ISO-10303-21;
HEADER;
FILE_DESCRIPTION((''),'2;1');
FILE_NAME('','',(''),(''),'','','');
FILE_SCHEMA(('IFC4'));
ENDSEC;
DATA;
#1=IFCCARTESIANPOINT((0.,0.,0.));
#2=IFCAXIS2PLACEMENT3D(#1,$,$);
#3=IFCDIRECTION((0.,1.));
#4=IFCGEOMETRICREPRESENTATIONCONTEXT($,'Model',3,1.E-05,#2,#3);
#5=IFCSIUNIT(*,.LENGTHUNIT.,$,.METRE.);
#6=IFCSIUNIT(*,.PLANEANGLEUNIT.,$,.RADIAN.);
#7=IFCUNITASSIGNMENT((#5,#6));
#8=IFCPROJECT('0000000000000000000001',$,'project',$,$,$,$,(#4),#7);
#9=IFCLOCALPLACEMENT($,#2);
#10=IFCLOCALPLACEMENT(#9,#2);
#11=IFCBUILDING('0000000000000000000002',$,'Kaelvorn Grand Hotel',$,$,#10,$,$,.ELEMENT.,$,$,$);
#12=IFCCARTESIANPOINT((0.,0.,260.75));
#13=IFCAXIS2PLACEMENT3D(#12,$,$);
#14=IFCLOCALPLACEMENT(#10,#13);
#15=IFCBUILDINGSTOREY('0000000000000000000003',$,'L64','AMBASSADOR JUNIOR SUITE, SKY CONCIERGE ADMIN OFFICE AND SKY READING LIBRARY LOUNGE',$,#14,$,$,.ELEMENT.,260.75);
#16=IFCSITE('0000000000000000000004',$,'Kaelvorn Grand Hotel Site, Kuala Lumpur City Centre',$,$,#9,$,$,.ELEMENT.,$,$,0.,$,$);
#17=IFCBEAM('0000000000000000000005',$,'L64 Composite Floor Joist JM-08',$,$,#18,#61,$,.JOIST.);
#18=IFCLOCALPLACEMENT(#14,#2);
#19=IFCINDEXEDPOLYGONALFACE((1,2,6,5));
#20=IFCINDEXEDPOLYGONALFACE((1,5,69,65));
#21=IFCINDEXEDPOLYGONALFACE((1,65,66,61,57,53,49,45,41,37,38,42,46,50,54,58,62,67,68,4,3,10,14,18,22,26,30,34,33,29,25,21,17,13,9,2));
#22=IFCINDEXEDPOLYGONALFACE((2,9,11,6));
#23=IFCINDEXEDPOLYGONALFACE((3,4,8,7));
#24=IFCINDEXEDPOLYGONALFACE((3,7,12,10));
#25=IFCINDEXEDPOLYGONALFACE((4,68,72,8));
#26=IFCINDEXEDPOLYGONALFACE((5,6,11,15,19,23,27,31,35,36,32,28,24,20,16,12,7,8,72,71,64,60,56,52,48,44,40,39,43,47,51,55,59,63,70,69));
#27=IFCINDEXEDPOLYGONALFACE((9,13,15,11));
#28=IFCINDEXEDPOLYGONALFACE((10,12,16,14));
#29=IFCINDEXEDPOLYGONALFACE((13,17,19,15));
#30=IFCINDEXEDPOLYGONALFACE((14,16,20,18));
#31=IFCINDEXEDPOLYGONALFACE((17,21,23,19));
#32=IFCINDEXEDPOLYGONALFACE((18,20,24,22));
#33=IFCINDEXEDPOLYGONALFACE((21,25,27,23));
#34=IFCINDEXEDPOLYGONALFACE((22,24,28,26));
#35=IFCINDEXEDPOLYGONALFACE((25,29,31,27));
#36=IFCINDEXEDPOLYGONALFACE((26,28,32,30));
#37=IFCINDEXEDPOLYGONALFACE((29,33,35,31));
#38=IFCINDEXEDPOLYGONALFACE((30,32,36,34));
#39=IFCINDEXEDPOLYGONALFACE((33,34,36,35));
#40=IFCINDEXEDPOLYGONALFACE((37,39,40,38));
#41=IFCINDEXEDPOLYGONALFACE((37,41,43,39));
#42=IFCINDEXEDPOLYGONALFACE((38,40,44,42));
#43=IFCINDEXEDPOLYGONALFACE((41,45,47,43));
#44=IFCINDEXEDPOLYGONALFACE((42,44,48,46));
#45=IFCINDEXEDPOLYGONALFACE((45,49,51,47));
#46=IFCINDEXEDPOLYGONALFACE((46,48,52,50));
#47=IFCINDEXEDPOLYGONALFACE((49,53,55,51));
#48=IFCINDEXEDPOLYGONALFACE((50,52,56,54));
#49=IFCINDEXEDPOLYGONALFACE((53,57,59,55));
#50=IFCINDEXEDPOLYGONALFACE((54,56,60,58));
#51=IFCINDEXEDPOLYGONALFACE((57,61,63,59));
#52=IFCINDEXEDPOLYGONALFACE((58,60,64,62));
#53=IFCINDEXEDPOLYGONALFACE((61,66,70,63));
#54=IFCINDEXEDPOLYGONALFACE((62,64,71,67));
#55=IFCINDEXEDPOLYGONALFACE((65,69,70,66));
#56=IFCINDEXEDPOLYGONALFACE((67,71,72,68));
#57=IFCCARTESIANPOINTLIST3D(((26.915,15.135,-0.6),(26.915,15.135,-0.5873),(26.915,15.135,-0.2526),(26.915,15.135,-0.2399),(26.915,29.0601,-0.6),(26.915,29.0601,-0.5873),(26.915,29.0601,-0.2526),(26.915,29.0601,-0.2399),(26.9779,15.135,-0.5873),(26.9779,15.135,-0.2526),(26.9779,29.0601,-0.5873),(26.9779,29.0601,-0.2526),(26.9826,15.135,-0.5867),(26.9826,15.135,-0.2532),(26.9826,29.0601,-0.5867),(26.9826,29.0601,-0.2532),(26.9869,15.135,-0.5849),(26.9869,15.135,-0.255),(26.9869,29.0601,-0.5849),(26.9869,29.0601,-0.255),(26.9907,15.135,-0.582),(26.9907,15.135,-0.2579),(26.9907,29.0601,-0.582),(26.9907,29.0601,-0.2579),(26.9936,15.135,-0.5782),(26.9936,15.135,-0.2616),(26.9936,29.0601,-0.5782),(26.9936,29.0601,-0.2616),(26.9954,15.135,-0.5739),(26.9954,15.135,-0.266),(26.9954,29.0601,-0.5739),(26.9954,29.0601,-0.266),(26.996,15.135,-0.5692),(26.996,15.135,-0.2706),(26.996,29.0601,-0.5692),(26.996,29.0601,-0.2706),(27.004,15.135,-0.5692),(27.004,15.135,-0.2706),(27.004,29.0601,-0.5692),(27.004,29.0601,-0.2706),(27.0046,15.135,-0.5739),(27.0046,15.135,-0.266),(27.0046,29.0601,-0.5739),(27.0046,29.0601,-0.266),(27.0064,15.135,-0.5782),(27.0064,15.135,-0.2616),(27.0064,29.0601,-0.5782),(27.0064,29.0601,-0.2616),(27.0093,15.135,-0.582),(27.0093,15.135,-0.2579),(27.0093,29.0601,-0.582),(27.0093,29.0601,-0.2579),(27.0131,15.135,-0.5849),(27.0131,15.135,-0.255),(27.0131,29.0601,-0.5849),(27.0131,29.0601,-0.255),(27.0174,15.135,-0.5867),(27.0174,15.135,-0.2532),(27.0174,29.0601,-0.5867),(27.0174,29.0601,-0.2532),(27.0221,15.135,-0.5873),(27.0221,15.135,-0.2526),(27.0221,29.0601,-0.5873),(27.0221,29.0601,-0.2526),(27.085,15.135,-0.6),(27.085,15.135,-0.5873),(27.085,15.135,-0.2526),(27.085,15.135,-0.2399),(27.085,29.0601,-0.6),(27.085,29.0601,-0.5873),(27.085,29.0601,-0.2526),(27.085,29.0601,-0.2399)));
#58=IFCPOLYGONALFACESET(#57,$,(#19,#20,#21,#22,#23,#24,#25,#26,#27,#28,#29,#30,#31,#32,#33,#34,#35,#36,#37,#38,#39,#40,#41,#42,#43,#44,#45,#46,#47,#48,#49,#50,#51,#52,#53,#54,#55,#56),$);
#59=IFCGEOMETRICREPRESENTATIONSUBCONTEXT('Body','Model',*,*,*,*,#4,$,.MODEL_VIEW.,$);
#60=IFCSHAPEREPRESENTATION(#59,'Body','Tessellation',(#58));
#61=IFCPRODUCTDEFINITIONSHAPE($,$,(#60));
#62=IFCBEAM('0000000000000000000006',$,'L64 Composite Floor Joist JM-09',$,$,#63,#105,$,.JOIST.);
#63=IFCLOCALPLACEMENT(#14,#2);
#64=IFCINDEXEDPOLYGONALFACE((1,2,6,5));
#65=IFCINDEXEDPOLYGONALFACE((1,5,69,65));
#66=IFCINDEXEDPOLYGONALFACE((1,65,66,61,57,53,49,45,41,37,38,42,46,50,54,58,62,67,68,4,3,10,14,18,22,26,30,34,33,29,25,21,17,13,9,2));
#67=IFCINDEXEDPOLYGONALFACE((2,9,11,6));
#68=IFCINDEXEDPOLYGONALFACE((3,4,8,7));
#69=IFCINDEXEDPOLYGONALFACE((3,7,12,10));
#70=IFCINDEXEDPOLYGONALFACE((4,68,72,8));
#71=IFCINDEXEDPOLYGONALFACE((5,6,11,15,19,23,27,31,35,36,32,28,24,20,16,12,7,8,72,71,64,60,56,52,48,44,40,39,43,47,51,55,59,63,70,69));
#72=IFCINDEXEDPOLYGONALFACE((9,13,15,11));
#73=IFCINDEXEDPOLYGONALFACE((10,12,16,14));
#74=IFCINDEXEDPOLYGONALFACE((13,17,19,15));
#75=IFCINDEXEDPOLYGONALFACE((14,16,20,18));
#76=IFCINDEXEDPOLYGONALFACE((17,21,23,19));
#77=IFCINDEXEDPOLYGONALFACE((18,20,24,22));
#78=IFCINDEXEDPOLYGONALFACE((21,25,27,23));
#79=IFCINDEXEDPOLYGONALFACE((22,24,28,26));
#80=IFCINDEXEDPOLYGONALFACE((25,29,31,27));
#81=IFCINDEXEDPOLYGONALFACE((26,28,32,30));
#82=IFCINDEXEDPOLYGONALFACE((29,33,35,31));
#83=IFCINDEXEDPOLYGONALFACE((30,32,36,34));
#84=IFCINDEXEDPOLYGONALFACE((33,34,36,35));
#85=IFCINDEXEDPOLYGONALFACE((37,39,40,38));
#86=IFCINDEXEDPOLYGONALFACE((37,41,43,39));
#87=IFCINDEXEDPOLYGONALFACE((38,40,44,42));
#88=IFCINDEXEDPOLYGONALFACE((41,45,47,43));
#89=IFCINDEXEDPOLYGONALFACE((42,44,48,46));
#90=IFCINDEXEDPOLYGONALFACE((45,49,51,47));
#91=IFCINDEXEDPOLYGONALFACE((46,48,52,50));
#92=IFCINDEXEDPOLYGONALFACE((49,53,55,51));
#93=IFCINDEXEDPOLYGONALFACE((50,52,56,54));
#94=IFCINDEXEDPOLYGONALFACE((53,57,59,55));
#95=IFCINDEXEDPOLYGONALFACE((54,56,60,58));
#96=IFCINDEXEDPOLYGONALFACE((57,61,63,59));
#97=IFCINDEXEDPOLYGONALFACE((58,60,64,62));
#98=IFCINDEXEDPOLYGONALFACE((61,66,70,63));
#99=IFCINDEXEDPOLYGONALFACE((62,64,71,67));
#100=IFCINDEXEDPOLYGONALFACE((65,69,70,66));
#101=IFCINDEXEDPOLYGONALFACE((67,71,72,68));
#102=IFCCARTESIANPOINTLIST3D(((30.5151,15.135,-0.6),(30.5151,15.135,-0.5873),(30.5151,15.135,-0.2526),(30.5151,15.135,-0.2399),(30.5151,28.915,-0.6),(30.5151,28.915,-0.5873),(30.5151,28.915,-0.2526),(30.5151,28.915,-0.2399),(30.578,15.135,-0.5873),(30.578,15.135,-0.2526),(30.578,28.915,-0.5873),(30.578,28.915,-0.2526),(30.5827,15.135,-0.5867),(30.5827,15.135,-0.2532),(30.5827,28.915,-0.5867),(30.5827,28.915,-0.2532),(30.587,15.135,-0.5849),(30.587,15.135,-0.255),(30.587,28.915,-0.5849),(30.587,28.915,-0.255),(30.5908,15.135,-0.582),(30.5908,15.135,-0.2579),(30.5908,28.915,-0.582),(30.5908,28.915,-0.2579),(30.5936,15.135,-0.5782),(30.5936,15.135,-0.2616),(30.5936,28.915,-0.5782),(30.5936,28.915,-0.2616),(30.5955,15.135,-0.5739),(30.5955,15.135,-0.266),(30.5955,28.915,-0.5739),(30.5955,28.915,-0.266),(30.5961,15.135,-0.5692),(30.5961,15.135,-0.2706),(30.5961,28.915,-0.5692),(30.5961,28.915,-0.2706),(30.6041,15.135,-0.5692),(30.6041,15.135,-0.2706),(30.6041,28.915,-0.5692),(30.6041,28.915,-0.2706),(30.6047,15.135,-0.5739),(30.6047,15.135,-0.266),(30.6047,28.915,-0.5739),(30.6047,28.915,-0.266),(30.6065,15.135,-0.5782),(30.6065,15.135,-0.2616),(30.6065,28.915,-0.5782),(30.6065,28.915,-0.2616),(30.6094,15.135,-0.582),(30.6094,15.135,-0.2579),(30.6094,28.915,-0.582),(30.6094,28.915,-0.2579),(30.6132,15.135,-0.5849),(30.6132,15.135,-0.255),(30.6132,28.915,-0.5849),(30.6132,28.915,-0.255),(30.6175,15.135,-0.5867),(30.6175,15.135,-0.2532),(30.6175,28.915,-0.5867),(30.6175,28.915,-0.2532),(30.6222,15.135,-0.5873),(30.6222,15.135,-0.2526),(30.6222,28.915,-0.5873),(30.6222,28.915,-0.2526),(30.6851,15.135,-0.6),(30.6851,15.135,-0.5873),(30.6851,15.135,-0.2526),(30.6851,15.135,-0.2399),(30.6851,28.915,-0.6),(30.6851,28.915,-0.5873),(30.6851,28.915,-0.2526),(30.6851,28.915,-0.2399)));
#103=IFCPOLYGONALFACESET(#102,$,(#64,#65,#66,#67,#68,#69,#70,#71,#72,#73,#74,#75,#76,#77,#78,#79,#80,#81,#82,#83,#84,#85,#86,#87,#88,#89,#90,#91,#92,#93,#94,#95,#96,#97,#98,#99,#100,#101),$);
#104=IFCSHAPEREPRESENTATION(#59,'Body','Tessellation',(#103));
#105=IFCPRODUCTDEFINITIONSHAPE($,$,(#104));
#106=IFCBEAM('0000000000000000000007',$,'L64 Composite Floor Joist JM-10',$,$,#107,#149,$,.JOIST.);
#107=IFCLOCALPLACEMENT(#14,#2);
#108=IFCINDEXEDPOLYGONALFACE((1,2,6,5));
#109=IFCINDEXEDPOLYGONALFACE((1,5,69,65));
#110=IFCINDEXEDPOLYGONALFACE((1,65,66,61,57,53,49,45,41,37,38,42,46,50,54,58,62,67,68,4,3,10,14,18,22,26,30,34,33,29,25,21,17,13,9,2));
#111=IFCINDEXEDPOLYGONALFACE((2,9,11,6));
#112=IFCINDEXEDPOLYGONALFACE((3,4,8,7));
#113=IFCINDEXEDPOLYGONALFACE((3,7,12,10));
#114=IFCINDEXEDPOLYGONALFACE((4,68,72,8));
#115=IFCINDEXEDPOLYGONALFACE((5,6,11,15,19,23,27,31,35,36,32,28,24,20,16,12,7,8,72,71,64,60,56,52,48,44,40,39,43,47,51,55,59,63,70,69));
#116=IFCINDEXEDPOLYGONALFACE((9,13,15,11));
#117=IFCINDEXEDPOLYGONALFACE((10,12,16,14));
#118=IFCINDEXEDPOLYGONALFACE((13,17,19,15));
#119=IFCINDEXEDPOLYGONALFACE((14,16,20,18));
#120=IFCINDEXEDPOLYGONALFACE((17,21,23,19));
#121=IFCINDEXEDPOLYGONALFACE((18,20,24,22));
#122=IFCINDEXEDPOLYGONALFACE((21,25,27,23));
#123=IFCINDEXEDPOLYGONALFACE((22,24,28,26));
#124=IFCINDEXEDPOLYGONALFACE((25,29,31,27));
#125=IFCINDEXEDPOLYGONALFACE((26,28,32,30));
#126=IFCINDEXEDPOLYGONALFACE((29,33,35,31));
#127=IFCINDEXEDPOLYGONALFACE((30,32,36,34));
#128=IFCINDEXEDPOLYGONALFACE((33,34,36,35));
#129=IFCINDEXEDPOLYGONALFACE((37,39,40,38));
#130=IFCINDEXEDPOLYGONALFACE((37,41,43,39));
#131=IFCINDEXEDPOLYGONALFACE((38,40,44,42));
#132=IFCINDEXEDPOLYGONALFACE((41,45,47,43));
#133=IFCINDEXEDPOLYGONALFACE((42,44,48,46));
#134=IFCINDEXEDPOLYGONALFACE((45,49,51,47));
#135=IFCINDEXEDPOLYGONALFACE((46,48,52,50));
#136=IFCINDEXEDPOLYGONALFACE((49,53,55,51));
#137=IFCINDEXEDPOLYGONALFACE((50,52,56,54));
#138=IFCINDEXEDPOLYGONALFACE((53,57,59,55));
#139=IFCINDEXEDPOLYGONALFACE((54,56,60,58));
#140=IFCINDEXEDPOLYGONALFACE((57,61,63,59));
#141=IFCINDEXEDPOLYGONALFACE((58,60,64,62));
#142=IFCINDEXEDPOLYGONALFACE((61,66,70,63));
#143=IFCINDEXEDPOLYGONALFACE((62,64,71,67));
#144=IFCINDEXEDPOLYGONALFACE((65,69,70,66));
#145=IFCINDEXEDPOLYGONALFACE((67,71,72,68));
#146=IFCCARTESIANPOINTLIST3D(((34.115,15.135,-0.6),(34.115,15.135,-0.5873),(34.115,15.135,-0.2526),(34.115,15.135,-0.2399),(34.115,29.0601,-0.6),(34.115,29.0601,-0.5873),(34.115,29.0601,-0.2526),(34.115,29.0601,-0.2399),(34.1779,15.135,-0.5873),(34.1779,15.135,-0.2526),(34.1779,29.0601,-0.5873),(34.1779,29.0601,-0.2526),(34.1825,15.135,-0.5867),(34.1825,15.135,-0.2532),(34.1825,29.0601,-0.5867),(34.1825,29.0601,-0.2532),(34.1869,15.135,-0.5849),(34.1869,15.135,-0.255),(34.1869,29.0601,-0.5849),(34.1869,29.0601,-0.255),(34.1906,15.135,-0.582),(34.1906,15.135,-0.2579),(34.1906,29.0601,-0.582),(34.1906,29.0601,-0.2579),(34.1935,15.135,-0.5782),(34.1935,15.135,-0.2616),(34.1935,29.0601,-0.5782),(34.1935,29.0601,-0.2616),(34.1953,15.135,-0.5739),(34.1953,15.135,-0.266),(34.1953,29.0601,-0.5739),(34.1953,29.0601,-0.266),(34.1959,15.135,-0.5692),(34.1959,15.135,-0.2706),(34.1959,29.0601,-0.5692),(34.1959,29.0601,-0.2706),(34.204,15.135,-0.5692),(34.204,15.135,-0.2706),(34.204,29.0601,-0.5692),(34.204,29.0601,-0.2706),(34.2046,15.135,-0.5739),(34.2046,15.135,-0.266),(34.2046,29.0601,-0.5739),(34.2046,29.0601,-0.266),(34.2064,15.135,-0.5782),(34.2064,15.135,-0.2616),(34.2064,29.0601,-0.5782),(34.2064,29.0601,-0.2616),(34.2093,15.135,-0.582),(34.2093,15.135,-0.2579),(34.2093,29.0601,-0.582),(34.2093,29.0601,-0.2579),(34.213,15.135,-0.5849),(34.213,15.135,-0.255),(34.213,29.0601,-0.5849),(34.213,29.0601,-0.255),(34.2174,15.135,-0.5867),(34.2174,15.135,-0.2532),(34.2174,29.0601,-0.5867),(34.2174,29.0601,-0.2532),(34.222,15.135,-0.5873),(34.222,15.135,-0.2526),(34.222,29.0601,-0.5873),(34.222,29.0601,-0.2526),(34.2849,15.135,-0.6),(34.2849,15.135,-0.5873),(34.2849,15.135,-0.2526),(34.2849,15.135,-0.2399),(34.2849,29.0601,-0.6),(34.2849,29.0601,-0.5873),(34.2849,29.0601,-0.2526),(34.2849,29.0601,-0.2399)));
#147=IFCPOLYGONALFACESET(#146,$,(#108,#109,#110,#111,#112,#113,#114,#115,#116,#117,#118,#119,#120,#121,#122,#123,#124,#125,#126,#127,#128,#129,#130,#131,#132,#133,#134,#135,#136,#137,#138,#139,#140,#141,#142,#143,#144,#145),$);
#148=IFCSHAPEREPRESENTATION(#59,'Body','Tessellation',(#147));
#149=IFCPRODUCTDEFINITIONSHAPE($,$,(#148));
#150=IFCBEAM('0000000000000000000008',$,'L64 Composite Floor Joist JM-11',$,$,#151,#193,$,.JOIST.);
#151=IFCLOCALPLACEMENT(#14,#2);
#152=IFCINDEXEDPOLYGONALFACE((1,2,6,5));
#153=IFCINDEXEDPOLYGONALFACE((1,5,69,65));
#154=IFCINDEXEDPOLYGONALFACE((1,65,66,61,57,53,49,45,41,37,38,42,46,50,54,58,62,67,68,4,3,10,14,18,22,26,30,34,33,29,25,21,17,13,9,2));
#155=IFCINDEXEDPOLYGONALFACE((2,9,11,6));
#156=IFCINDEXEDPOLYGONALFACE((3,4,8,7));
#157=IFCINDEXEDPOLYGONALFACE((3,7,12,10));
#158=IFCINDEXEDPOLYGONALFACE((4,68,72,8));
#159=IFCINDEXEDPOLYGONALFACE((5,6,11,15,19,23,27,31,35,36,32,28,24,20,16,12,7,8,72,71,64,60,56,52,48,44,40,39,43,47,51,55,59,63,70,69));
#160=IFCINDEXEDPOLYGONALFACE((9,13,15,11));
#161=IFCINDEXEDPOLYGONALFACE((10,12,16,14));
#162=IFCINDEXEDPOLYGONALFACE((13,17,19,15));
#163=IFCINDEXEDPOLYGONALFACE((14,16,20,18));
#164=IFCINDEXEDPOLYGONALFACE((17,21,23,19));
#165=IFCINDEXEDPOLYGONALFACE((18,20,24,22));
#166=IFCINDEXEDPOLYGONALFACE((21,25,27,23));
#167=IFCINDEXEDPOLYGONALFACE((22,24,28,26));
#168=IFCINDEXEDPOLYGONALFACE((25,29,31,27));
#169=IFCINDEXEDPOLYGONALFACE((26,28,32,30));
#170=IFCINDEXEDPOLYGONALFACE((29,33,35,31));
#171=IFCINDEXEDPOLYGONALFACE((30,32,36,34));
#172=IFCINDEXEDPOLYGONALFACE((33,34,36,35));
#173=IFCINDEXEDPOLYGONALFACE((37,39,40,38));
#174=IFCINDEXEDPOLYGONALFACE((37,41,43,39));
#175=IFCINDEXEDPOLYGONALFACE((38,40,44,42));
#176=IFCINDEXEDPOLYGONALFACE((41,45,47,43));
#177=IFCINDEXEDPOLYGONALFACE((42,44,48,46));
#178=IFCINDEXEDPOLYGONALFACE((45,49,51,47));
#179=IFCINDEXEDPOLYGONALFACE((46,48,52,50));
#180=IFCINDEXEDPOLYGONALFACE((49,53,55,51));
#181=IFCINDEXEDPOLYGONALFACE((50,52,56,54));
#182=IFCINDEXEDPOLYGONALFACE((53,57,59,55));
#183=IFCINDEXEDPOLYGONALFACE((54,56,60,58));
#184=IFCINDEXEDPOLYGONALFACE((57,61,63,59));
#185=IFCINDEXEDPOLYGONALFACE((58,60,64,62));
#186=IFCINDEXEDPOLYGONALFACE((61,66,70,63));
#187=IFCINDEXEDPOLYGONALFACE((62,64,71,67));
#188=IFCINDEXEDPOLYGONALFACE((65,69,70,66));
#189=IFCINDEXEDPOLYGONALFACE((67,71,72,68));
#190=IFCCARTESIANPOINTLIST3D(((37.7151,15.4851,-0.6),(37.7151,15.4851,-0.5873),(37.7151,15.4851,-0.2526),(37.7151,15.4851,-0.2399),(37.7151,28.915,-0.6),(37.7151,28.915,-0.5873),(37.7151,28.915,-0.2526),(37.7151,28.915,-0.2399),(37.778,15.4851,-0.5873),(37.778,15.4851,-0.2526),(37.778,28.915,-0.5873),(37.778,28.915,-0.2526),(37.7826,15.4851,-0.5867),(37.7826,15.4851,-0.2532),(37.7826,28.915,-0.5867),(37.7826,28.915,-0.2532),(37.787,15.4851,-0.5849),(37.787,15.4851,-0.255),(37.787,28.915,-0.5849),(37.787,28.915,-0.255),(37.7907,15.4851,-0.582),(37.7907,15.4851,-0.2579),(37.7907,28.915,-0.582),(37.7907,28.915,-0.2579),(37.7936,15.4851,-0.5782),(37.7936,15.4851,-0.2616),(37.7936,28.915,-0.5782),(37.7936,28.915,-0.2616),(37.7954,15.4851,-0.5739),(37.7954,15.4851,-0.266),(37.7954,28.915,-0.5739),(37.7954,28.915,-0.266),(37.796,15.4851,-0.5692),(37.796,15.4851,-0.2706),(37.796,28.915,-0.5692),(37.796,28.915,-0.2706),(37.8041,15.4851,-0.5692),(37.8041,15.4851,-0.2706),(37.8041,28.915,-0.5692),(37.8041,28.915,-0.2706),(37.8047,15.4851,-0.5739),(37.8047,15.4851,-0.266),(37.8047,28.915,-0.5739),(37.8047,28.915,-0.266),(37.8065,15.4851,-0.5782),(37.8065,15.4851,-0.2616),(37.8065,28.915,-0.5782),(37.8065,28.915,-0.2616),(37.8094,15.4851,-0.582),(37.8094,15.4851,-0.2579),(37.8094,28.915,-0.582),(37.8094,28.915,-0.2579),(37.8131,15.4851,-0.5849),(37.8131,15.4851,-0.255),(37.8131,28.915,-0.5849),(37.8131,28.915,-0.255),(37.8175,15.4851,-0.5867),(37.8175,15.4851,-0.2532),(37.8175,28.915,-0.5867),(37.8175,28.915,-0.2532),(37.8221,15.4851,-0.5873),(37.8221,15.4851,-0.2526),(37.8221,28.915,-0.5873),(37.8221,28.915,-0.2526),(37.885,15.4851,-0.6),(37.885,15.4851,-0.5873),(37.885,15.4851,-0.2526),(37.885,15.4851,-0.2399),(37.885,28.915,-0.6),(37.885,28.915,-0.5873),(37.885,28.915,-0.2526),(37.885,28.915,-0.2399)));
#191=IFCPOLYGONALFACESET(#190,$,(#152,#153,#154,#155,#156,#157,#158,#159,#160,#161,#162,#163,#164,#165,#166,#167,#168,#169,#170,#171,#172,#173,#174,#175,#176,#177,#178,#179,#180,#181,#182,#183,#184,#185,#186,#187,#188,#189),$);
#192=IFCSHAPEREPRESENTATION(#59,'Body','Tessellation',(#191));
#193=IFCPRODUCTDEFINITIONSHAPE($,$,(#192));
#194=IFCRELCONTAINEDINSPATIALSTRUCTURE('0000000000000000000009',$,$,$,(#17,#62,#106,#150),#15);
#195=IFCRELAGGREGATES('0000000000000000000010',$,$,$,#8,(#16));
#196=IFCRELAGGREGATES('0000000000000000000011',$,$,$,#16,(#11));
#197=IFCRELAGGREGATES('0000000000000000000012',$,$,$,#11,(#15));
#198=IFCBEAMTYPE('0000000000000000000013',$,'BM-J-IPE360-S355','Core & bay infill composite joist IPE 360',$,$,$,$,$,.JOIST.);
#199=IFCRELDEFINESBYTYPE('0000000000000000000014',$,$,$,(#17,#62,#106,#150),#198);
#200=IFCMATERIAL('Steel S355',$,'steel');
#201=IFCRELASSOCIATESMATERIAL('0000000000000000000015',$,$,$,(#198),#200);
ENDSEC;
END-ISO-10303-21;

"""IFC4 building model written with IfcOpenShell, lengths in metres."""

from ifc_helpers import new_model, si_unit, direction, frame, origin, origin_2d, place, context, subcontext, project, spatial, i_section, extrude, material, material_profile, profile_set, type_object, element, save


model = new_model("IFC4")

# Units and contexts
model_context = context("Model", 3, precision=1e-05, world=origin(), true_north=direction((0.0, 1.0)))
body_context = subcontext(model_context, "Body", "Model", "MODEL_VIEW")
ifc_project = project(units=[si_unit("LENGTHUNIT", "METRE"), si_unit("PLANEANGLEUNIT", "RADIAN")], contexts=[model_context])

# Site, building, storey
site_placement = place(None, origin())
site = spatial("IfcSite", under=ifc_project, at=site_placement, Name="Kaelvorn Grand Hotel Site, Kuala Lumpur City Centre", CompositionType="ELEMENT", RefElevation=0.0)
building_placement = place(site_placement, origin())
building = spatial("IfcBuilding", under=site, at=building_placement, Name="Kaelvorn Grand Hotel", CompositionType="ELEMENT")
storey_placement = place(building_placement, frame((0.0, 0.0, 260.75)))
storey = spatial("IfcBuildingStorey", under=building, at=storey_placement, Name="L64", Description="AMBASSADOR JUNIOR SUITE, SKY CONCIERGE ADMIN OFFICE AND SKY READING LIBRARY LOUNGE", CompositionType="ELEMENT", Elevation=260.75)

# Beams
ifc_material_1 = material(Name="Steel S355", Category="steel")
ifc_material_profile_1 = material_profile(ifc_material_1, i_section(OverallWidth=0.1699, OverallDepth=0.3601, WebThickness=0.0081, FlangeThickness=0.0127, FilletRadius=0.0181, at=origin_2d()), Name="IPE 360")
ifc_profile_set_1 = profile_set([ifc_material_profile_1], Name="Steel S355")
beam_type_1 = type_object("IfcBeamType", Name="BM-J-IPE360-S355", Description="Core & bay infill composite joist IPE 360", PredefinedType="JOIST", material=ifc_profile_set_1)
beam_1_placement = place(storey_placement, frame((27.0, 15.135, -0.4199), z_axis=(0.0, 1.0, 0.0), x_axis=(-1.0, 0.0, 0.0)))
element("IfcBeam", 1, at=beam_1_placement, inside=storey, type_object=beam_type_1, Name="L64 Composite Floor Joist JM-08", PredefinedType="JOIST", context=body_context, shape_type="SweptSolid", body=[
    extrude(i_section(OverallWidth=0.1699, OverallDepth=0.3601, WebThickness=0.0081, FlangeThickness=0.0127, FilletRadius=0.0181, at=origin_2d()), origin(), (0.0, 0.0, 1.0), 13.925),
])
beam_2_placement = place(storey_placement, frame((30.6001, 15.135, -0.4199), z_axis=(0.0, 1.0, 0.0), x_axis=(-1.0, 0.0, 0.0)))
element("IfcBeam", 2, at=beam_2_placement, inside=storey, type_object=beam_type_1, Name="L64 Composite Floor Joist JM-09", PredefinedType="JOIST", context=body_context, shape_type="SweptSolid", body=[
    extrude(i_section(OverallWidth=0.1699, OverallDepth=0.3601, WebThickness=0.0081, FlangeThickness=0.0127, FilletRadius=0.0181, at=origin_2d()), origin(), (0.0, 0.0, 1.0), 13.78),
])
beam_3_placement = place(storey_placement, frame((34.2, 15.135, -0.4199), z_axis=(0.0, 1.0, 0.0), x_axis=(-1.0, 0.0, 0.0)))
element("IfcBeam", 3, at=beam_3_placement, inside=storey, type_object=beam_type_1, Name="L64 Composite Floor Joist JM-10", PredefinedType="JOIST", context=body_context, shape_type="SweptSolid", body=[
    extrude(i_section(OverallWidth=0.1699, OverallDepth=0.3601, WebThickness=0.0081, FlangeThickness=0.0127, FilletRadius=0.0181, at=origin_2d()), origin(), (0.0, 0.0, 1.0), 13.925),
])
beam_4_placement = place(storey_placement, frame((37.8, 15.4851, -0.4199), z_axis=(0.0, 1.0, 0.0), x_axis=(-1.0, 0.0, 0.0)))
element("IfcBeam", 4, at=beam_4_placement, inside=storey, type_object=beam_type_1, Name="L64 Composite Floor Joist JM-11", PredefinedType="JOIST", context=body_context, shape_type="SweptSolid", body=[
    extrude(i_section(OverallWidth=0.1699, OverallDepth=0.3601, WebThickness=0.0081, FlangeThickness=0.0127, FilletRadius=0.0181, at=origin_2d()), origin(), (0.0, 0.0, 1.0), 13.4299),
])

save(model, "model.ifc")
